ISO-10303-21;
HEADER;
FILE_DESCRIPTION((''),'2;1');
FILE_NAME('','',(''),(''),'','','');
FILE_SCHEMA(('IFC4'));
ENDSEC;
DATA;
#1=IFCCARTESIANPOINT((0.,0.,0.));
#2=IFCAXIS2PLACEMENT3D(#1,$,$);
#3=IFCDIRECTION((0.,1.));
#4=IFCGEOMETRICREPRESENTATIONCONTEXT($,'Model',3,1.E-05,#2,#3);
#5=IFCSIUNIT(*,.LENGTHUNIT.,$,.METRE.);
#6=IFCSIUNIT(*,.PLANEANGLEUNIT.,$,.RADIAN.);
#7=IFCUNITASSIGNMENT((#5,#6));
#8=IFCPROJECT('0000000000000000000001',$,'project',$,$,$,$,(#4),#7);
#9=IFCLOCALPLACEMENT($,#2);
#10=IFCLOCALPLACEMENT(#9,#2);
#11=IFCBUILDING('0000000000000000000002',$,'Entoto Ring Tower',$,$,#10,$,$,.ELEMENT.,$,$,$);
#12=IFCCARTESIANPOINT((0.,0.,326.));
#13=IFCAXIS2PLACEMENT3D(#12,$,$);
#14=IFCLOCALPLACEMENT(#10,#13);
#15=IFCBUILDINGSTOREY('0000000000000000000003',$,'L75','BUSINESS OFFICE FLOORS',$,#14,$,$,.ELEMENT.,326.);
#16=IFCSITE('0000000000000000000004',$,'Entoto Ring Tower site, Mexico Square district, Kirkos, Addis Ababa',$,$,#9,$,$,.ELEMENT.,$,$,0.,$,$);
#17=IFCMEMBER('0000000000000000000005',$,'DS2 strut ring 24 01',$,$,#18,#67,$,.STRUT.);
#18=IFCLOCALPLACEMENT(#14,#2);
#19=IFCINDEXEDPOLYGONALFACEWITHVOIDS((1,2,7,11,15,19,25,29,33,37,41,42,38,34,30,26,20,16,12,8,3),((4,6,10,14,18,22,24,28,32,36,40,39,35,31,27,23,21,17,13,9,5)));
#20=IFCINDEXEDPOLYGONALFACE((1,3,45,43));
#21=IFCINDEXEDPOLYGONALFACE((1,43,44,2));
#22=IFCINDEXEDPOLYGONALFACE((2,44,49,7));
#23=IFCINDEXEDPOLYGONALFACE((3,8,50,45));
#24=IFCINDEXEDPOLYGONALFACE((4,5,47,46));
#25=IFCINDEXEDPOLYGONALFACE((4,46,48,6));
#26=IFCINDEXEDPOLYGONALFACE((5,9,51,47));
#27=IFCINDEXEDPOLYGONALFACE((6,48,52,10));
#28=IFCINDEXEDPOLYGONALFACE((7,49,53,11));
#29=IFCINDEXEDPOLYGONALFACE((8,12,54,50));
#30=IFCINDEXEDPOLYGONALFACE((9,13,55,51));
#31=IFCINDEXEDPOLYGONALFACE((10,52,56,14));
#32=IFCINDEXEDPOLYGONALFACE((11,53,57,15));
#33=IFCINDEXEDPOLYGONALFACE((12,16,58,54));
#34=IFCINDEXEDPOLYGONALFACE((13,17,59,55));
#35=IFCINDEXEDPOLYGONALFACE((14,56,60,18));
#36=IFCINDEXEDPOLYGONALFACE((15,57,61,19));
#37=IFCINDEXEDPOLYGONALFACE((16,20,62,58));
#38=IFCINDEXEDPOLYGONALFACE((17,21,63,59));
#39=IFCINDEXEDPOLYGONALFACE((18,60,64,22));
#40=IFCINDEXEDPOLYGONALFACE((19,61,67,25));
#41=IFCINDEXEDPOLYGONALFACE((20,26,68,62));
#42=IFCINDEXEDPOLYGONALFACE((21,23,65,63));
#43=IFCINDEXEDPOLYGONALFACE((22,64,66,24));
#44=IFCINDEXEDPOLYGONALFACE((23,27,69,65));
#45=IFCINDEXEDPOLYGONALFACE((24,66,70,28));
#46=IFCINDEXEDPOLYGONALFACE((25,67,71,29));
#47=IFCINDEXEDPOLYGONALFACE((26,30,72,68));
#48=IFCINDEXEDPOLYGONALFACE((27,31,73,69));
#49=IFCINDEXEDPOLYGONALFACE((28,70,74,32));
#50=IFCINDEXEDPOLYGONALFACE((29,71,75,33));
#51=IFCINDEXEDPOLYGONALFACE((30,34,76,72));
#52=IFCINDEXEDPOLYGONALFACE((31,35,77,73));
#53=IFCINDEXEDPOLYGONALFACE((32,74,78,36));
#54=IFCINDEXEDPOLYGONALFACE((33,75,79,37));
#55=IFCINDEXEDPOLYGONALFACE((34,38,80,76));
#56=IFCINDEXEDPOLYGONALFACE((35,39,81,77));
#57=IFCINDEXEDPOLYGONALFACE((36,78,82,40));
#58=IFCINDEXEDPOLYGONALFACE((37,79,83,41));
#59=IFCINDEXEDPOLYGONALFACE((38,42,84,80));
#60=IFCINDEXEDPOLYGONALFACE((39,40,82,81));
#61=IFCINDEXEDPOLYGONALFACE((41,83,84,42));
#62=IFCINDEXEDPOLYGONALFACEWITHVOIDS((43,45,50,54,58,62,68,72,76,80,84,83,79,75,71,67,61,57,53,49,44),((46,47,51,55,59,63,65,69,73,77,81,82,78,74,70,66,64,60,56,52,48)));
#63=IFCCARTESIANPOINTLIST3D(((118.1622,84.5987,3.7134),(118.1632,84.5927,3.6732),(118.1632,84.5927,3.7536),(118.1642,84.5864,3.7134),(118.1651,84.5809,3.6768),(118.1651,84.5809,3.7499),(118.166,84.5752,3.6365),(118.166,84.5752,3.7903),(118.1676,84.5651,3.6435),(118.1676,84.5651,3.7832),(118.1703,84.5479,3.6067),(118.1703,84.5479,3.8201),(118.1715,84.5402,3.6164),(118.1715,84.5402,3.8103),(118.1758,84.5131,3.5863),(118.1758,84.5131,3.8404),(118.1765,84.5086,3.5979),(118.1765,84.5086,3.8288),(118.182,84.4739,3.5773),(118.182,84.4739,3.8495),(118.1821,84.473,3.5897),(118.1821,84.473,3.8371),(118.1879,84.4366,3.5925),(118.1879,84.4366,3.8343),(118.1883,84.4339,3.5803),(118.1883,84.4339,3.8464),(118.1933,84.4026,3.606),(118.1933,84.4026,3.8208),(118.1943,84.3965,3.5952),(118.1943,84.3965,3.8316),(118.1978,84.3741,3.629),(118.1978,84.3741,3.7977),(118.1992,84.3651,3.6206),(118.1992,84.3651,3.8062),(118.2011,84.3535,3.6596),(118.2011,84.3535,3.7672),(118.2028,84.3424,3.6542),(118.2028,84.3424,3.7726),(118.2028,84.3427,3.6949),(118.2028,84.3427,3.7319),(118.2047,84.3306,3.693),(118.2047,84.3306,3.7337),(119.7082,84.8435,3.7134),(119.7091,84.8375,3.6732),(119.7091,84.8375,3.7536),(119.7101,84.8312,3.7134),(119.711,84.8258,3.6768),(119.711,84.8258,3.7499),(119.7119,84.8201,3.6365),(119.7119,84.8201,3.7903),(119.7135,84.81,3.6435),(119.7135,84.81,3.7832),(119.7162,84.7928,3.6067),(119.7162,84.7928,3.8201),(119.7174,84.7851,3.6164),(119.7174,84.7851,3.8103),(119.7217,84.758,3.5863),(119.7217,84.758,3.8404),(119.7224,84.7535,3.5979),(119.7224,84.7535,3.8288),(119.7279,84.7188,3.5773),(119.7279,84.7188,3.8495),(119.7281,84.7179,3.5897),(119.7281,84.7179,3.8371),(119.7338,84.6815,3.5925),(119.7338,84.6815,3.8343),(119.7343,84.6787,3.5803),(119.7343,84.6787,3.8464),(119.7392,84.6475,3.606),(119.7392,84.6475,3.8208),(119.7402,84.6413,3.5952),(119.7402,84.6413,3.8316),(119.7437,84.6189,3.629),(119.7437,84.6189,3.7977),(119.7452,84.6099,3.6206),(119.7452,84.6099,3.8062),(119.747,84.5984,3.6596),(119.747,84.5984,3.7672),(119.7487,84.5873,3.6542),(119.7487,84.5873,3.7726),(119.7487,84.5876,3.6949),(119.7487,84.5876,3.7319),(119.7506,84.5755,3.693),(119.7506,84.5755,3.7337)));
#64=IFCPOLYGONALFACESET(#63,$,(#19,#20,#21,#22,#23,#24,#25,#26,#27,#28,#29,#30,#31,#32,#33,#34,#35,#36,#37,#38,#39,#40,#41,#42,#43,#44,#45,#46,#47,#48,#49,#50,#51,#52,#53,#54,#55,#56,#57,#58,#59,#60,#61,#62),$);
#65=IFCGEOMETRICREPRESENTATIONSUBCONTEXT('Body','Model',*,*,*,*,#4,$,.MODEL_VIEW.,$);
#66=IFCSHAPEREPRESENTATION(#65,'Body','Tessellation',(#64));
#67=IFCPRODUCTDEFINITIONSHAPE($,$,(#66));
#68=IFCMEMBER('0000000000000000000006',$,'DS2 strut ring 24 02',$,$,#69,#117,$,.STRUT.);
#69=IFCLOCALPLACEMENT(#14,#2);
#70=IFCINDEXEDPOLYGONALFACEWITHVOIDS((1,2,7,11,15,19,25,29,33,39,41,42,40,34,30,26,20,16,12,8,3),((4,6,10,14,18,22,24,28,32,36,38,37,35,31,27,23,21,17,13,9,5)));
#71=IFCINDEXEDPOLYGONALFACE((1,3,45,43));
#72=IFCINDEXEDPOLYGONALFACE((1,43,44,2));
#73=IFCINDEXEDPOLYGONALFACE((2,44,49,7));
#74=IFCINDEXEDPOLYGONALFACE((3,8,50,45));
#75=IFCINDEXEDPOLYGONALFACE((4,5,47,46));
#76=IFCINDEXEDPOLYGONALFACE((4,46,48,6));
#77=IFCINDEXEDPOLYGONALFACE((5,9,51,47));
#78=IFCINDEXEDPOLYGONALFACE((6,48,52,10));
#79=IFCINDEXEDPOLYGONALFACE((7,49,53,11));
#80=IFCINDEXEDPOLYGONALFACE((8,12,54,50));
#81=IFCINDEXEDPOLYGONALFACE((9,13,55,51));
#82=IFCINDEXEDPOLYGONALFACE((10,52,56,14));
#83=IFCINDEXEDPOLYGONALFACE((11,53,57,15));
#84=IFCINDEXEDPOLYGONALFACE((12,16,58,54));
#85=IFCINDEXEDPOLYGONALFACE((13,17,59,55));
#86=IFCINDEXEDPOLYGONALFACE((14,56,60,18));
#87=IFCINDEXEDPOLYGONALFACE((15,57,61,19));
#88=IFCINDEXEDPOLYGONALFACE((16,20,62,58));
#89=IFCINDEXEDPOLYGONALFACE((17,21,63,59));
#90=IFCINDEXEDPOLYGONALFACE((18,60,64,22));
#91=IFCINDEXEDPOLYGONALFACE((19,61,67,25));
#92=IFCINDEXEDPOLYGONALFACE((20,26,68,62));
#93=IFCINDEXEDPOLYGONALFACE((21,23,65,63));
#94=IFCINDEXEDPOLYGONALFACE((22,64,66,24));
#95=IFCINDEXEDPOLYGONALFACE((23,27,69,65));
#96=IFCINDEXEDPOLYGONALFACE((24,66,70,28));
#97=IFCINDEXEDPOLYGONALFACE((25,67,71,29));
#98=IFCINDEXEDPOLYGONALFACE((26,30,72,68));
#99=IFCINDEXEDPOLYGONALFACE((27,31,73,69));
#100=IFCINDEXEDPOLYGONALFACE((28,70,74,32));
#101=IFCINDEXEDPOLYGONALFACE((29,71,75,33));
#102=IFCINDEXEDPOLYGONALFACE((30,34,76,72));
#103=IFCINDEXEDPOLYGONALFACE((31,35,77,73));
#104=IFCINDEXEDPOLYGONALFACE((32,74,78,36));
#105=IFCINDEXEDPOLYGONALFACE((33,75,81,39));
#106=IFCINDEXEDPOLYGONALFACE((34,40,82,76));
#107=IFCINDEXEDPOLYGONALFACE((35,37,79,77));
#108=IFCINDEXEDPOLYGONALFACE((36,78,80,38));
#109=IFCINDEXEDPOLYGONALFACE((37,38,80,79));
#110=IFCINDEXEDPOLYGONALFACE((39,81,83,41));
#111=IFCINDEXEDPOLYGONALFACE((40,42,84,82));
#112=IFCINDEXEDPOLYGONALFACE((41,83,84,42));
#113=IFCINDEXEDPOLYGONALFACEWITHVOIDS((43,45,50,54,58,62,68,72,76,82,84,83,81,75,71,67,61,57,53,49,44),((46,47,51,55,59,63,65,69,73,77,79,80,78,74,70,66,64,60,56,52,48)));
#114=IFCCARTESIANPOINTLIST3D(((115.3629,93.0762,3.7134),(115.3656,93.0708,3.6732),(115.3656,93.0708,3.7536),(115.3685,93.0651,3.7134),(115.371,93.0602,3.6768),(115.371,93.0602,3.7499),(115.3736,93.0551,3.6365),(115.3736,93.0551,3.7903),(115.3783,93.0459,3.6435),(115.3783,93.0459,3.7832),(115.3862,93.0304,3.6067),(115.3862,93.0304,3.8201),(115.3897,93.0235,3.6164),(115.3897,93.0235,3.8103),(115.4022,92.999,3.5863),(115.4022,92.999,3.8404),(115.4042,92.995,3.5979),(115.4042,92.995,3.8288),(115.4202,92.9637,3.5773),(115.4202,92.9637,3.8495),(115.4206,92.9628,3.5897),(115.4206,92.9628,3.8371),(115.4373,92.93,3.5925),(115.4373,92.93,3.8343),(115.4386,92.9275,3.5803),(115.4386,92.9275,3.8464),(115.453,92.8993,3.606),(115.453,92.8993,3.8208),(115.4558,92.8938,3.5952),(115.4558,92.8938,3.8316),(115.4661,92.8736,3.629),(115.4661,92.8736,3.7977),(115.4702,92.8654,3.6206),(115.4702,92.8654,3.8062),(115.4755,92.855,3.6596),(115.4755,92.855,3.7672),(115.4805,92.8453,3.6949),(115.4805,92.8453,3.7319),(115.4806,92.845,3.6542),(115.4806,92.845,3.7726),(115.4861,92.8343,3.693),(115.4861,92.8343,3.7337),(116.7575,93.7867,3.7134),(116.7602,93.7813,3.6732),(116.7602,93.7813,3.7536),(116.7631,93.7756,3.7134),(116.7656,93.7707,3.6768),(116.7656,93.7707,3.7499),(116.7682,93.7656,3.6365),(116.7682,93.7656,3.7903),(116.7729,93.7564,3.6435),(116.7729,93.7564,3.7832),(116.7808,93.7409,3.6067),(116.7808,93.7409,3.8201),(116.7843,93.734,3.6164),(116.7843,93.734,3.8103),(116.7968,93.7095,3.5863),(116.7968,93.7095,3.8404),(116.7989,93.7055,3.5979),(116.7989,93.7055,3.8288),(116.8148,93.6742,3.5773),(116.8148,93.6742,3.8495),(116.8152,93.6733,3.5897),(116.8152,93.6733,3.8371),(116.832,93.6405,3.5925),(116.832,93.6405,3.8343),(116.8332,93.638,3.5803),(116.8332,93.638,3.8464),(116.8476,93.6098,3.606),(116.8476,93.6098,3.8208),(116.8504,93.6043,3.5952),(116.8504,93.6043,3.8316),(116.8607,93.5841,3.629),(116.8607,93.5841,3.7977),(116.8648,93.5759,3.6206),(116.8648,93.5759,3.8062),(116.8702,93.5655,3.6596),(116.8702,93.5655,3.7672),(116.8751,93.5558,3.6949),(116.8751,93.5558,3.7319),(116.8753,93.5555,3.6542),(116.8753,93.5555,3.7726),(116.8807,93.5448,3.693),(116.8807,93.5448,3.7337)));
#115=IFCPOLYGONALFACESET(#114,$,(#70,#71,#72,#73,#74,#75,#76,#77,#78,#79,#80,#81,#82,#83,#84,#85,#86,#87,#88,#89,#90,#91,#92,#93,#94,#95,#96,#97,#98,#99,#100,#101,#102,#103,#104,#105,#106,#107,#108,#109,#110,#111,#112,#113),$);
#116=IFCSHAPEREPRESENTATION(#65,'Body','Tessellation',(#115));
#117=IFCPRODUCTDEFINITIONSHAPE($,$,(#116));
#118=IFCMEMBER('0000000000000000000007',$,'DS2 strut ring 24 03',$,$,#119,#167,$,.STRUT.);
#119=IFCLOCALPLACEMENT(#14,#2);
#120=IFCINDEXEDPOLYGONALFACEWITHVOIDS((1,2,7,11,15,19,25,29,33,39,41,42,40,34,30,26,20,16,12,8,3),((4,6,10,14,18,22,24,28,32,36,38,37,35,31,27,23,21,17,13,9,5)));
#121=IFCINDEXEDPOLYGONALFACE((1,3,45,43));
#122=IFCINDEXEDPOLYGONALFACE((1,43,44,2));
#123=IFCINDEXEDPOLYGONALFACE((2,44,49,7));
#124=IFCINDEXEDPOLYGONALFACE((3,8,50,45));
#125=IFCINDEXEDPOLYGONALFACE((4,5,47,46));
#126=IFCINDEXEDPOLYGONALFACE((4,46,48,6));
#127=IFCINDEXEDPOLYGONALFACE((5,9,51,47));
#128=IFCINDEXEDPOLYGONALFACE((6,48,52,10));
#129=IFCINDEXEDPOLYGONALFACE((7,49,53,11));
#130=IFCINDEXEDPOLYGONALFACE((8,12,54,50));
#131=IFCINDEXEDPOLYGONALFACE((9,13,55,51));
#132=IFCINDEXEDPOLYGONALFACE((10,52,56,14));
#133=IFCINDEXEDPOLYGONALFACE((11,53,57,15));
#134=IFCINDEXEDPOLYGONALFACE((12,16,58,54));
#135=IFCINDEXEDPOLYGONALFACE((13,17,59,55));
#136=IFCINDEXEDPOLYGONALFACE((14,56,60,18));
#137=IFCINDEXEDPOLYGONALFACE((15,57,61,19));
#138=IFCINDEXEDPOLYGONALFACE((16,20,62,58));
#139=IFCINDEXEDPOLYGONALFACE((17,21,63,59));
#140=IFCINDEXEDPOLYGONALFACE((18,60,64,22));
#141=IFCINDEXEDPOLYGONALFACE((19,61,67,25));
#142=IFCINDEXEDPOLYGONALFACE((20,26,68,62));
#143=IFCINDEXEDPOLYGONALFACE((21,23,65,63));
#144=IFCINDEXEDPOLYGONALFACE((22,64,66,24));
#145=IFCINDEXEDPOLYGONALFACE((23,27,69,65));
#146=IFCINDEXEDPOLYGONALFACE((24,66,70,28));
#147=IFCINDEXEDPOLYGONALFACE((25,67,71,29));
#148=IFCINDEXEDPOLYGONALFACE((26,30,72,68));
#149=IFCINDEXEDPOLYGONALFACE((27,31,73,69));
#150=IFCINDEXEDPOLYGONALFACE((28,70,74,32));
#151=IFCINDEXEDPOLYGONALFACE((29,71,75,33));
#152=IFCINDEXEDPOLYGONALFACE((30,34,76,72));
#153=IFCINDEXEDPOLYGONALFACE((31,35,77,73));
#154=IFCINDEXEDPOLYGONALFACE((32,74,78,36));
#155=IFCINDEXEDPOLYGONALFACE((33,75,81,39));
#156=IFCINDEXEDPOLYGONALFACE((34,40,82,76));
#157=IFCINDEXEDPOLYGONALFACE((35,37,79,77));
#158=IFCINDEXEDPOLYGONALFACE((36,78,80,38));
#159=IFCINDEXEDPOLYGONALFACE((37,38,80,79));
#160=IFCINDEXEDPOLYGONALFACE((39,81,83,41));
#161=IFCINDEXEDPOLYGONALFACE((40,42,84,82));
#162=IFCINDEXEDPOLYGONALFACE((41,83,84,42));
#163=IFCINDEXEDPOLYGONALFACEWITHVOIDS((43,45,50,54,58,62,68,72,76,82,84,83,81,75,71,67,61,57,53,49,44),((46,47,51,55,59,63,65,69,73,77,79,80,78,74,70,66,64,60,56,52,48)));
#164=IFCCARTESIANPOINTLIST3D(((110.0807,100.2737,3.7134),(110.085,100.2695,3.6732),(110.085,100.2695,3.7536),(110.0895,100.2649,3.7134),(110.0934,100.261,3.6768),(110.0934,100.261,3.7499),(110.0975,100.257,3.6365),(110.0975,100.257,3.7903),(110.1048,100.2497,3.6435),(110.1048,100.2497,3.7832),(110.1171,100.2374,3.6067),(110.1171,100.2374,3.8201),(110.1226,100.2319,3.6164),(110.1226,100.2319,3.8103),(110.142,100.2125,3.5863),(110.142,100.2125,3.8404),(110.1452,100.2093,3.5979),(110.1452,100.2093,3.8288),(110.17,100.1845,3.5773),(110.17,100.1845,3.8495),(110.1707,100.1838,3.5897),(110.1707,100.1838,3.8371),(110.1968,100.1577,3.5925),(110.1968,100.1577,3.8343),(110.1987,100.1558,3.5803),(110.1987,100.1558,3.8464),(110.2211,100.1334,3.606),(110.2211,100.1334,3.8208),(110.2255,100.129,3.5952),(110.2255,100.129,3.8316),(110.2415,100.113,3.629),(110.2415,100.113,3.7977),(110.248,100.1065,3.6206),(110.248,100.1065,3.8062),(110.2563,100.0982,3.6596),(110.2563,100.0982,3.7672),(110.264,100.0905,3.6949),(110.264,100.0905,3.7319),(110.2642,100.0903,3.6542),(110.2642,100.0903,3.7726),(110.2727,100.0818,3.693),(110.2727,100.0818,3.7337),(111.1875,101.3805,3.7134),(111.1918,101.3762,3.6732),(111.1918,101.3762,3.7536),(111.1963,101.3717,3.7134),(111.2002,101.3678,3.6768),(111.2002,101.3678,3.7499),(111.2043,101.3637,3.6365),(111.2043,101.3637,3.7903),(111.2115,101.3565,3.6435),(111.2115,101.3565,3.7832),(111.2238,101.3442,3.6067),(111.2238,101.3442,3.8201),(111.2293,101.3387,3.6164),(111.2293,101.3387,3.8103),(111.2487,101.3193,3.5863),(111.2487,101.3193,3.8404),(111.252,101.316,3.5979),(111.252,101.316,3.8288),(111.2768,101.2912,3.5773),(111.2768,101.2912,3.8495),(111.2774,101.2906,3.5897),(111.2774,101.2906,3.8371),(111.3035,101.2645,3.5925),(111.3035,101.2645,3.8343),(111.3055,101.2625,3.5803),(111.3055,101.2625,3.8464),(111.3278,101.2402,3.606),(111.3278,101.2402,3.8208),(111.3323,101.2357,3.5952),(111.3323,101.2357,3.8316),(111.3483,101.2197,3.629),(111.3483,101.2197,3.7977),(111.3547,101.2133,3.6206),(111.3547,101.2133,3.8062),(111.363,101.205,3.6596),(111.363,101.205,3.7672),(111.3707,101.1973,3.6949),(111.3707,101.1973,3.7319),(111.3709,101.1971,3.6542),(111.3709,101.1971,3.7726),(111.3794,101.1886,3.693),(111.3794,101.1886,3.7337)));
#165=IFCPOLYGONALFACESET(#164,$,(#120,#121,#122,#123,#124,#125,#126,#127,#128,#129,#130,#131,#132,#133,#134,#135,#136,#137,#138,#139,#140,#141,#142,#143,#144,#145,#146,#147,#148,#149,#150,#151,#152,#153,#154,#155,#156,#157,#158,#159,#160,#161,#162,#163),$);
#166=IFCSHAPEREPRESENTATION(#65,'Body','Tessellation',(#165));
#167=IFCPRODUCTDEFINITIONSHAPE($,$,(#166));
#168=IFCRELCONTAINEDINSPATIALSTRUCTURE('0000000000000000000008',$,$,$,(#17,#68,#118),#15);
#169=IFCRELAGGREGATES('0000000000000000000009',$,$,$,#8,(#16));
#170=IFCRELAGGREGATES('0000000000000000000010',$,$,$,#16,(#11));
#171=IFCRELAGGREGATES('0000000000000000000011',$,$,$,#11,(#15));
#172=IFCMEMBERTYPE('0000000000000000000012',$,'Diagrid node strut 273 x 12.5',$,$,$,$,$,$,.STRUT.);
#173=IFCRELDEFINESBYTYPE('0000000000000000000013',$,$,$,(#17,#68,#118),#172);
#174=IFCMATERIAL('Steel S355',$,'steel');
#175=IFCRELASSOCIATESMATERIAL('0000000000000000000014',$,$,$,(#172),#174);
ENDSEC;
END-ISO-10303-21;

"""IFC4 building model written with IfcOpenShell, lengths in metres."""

from ifc_helpers import new_model, si_unit, direction, frame, origin, origin_2d, place, context, subcontext, project, spatial, circle, hollow_circle, extrude, material, material_profile, profile_set, type_object, element, save


model = new_model("IFC4")

# Units and contexts
model_context = context("Model", 3, precision=1e-05, world=origin(), true_north=direction((0.0, 1.0)))
body_context = subcontext(model_context, "Body", "Model", "MODEL_VIEW")
ifc_project = project(units=[si_unit("LENGTHUNIT", "METRE"), si_unit("PLANEANGLEUNIT", "RADIAN")], contexts=[model_context])

# Site, building, storey
site_placement = place(None, origin())
site = spatial("IfcSite", under=ifc_project, at=site_placement, Name="Entoto Ring Tower site, Mexico Square district, Kirkos, Addis Ababa", CompositionType="ELEMENT", RefElevation=0.0)
building_placement = place(site_placement, origin())
building = spatial("IfcBuilding", under=site, at=building_placement, Name="Entoto Ring Tower", CompositionType="ELEMENT")
storey_placement = place(building_placement, frame((0.0, 0.0, 326.0)))
storey = spatial("IfcBuildingStorey", under=building, at=storey_placement, Name="L75", Description="BUSINESS OFFICE FLOORS", CompositionType="ELEMENT", Elevation=326.0)

# Members
ifc_material_1 = material(Name="Steel S355", Category="steel")
ifc_material_profile_1 = material_profile(ifc_material_1, hollow_circle(Radius=0.1365, WallThickness=0.0125, at=origin_2d()), Name="CHS 273 x 12.5")
ifc_material_2 = material(Name="Concrete C60/75", Category="concrete")
ifc_material_profile_2 = material_profile(ifc_material_2, circle(Radius=0.124, at=origin_2d()), Name="Concrete C60/75 infill")
ifc_profile_set_1 = profile_set([ifc_material_profile_1, ifc_material_profile_2], Name="Steel S355")
member_type = type_object("IfcMemberType", Name="Diagrid node strut 273 x 12.5", PredefinedType="STRUT", material=ifc_profile_set_1)
for number, where, z_axis, x_axis, name in (
    (1, (118.1836, 84.4639, 3.7134), (0.987686, 0.156451, 0.0), (-0.156451, 0.987686, 0.0), "DS2 strut ring 24 01"),
    (2, (115.4248, 92.9546, 3.7134), (0.891032, 0.45394, 0.0), (-0.45394, 0.891032, 0.0), "DS2 strut ring 24 02"),
    (3, (110.1772, 100.1772, 3.7134), (0.707107, 0.707107, 0.0), (-0.707107, 0.707107, 0.0), "DS2 strut ring 24 03"),
):
    element("IfcMember", number, at=place(storey_placement, frame(where, z_axis=z_axis, x_axis=x_axis)), inside=storey, type_object=member_type, Name=name, PredefinedType="STRUT", context=body_context, shape_type="SweptSolid", body=[
        extrude(hollow_circle(Radius=0.1365, WallThickness=0.0125, at=origin_2d()), origin(), (0.0, 0.0, 1.0), 1.5652),
    ])

save(model, "model.ifc")
